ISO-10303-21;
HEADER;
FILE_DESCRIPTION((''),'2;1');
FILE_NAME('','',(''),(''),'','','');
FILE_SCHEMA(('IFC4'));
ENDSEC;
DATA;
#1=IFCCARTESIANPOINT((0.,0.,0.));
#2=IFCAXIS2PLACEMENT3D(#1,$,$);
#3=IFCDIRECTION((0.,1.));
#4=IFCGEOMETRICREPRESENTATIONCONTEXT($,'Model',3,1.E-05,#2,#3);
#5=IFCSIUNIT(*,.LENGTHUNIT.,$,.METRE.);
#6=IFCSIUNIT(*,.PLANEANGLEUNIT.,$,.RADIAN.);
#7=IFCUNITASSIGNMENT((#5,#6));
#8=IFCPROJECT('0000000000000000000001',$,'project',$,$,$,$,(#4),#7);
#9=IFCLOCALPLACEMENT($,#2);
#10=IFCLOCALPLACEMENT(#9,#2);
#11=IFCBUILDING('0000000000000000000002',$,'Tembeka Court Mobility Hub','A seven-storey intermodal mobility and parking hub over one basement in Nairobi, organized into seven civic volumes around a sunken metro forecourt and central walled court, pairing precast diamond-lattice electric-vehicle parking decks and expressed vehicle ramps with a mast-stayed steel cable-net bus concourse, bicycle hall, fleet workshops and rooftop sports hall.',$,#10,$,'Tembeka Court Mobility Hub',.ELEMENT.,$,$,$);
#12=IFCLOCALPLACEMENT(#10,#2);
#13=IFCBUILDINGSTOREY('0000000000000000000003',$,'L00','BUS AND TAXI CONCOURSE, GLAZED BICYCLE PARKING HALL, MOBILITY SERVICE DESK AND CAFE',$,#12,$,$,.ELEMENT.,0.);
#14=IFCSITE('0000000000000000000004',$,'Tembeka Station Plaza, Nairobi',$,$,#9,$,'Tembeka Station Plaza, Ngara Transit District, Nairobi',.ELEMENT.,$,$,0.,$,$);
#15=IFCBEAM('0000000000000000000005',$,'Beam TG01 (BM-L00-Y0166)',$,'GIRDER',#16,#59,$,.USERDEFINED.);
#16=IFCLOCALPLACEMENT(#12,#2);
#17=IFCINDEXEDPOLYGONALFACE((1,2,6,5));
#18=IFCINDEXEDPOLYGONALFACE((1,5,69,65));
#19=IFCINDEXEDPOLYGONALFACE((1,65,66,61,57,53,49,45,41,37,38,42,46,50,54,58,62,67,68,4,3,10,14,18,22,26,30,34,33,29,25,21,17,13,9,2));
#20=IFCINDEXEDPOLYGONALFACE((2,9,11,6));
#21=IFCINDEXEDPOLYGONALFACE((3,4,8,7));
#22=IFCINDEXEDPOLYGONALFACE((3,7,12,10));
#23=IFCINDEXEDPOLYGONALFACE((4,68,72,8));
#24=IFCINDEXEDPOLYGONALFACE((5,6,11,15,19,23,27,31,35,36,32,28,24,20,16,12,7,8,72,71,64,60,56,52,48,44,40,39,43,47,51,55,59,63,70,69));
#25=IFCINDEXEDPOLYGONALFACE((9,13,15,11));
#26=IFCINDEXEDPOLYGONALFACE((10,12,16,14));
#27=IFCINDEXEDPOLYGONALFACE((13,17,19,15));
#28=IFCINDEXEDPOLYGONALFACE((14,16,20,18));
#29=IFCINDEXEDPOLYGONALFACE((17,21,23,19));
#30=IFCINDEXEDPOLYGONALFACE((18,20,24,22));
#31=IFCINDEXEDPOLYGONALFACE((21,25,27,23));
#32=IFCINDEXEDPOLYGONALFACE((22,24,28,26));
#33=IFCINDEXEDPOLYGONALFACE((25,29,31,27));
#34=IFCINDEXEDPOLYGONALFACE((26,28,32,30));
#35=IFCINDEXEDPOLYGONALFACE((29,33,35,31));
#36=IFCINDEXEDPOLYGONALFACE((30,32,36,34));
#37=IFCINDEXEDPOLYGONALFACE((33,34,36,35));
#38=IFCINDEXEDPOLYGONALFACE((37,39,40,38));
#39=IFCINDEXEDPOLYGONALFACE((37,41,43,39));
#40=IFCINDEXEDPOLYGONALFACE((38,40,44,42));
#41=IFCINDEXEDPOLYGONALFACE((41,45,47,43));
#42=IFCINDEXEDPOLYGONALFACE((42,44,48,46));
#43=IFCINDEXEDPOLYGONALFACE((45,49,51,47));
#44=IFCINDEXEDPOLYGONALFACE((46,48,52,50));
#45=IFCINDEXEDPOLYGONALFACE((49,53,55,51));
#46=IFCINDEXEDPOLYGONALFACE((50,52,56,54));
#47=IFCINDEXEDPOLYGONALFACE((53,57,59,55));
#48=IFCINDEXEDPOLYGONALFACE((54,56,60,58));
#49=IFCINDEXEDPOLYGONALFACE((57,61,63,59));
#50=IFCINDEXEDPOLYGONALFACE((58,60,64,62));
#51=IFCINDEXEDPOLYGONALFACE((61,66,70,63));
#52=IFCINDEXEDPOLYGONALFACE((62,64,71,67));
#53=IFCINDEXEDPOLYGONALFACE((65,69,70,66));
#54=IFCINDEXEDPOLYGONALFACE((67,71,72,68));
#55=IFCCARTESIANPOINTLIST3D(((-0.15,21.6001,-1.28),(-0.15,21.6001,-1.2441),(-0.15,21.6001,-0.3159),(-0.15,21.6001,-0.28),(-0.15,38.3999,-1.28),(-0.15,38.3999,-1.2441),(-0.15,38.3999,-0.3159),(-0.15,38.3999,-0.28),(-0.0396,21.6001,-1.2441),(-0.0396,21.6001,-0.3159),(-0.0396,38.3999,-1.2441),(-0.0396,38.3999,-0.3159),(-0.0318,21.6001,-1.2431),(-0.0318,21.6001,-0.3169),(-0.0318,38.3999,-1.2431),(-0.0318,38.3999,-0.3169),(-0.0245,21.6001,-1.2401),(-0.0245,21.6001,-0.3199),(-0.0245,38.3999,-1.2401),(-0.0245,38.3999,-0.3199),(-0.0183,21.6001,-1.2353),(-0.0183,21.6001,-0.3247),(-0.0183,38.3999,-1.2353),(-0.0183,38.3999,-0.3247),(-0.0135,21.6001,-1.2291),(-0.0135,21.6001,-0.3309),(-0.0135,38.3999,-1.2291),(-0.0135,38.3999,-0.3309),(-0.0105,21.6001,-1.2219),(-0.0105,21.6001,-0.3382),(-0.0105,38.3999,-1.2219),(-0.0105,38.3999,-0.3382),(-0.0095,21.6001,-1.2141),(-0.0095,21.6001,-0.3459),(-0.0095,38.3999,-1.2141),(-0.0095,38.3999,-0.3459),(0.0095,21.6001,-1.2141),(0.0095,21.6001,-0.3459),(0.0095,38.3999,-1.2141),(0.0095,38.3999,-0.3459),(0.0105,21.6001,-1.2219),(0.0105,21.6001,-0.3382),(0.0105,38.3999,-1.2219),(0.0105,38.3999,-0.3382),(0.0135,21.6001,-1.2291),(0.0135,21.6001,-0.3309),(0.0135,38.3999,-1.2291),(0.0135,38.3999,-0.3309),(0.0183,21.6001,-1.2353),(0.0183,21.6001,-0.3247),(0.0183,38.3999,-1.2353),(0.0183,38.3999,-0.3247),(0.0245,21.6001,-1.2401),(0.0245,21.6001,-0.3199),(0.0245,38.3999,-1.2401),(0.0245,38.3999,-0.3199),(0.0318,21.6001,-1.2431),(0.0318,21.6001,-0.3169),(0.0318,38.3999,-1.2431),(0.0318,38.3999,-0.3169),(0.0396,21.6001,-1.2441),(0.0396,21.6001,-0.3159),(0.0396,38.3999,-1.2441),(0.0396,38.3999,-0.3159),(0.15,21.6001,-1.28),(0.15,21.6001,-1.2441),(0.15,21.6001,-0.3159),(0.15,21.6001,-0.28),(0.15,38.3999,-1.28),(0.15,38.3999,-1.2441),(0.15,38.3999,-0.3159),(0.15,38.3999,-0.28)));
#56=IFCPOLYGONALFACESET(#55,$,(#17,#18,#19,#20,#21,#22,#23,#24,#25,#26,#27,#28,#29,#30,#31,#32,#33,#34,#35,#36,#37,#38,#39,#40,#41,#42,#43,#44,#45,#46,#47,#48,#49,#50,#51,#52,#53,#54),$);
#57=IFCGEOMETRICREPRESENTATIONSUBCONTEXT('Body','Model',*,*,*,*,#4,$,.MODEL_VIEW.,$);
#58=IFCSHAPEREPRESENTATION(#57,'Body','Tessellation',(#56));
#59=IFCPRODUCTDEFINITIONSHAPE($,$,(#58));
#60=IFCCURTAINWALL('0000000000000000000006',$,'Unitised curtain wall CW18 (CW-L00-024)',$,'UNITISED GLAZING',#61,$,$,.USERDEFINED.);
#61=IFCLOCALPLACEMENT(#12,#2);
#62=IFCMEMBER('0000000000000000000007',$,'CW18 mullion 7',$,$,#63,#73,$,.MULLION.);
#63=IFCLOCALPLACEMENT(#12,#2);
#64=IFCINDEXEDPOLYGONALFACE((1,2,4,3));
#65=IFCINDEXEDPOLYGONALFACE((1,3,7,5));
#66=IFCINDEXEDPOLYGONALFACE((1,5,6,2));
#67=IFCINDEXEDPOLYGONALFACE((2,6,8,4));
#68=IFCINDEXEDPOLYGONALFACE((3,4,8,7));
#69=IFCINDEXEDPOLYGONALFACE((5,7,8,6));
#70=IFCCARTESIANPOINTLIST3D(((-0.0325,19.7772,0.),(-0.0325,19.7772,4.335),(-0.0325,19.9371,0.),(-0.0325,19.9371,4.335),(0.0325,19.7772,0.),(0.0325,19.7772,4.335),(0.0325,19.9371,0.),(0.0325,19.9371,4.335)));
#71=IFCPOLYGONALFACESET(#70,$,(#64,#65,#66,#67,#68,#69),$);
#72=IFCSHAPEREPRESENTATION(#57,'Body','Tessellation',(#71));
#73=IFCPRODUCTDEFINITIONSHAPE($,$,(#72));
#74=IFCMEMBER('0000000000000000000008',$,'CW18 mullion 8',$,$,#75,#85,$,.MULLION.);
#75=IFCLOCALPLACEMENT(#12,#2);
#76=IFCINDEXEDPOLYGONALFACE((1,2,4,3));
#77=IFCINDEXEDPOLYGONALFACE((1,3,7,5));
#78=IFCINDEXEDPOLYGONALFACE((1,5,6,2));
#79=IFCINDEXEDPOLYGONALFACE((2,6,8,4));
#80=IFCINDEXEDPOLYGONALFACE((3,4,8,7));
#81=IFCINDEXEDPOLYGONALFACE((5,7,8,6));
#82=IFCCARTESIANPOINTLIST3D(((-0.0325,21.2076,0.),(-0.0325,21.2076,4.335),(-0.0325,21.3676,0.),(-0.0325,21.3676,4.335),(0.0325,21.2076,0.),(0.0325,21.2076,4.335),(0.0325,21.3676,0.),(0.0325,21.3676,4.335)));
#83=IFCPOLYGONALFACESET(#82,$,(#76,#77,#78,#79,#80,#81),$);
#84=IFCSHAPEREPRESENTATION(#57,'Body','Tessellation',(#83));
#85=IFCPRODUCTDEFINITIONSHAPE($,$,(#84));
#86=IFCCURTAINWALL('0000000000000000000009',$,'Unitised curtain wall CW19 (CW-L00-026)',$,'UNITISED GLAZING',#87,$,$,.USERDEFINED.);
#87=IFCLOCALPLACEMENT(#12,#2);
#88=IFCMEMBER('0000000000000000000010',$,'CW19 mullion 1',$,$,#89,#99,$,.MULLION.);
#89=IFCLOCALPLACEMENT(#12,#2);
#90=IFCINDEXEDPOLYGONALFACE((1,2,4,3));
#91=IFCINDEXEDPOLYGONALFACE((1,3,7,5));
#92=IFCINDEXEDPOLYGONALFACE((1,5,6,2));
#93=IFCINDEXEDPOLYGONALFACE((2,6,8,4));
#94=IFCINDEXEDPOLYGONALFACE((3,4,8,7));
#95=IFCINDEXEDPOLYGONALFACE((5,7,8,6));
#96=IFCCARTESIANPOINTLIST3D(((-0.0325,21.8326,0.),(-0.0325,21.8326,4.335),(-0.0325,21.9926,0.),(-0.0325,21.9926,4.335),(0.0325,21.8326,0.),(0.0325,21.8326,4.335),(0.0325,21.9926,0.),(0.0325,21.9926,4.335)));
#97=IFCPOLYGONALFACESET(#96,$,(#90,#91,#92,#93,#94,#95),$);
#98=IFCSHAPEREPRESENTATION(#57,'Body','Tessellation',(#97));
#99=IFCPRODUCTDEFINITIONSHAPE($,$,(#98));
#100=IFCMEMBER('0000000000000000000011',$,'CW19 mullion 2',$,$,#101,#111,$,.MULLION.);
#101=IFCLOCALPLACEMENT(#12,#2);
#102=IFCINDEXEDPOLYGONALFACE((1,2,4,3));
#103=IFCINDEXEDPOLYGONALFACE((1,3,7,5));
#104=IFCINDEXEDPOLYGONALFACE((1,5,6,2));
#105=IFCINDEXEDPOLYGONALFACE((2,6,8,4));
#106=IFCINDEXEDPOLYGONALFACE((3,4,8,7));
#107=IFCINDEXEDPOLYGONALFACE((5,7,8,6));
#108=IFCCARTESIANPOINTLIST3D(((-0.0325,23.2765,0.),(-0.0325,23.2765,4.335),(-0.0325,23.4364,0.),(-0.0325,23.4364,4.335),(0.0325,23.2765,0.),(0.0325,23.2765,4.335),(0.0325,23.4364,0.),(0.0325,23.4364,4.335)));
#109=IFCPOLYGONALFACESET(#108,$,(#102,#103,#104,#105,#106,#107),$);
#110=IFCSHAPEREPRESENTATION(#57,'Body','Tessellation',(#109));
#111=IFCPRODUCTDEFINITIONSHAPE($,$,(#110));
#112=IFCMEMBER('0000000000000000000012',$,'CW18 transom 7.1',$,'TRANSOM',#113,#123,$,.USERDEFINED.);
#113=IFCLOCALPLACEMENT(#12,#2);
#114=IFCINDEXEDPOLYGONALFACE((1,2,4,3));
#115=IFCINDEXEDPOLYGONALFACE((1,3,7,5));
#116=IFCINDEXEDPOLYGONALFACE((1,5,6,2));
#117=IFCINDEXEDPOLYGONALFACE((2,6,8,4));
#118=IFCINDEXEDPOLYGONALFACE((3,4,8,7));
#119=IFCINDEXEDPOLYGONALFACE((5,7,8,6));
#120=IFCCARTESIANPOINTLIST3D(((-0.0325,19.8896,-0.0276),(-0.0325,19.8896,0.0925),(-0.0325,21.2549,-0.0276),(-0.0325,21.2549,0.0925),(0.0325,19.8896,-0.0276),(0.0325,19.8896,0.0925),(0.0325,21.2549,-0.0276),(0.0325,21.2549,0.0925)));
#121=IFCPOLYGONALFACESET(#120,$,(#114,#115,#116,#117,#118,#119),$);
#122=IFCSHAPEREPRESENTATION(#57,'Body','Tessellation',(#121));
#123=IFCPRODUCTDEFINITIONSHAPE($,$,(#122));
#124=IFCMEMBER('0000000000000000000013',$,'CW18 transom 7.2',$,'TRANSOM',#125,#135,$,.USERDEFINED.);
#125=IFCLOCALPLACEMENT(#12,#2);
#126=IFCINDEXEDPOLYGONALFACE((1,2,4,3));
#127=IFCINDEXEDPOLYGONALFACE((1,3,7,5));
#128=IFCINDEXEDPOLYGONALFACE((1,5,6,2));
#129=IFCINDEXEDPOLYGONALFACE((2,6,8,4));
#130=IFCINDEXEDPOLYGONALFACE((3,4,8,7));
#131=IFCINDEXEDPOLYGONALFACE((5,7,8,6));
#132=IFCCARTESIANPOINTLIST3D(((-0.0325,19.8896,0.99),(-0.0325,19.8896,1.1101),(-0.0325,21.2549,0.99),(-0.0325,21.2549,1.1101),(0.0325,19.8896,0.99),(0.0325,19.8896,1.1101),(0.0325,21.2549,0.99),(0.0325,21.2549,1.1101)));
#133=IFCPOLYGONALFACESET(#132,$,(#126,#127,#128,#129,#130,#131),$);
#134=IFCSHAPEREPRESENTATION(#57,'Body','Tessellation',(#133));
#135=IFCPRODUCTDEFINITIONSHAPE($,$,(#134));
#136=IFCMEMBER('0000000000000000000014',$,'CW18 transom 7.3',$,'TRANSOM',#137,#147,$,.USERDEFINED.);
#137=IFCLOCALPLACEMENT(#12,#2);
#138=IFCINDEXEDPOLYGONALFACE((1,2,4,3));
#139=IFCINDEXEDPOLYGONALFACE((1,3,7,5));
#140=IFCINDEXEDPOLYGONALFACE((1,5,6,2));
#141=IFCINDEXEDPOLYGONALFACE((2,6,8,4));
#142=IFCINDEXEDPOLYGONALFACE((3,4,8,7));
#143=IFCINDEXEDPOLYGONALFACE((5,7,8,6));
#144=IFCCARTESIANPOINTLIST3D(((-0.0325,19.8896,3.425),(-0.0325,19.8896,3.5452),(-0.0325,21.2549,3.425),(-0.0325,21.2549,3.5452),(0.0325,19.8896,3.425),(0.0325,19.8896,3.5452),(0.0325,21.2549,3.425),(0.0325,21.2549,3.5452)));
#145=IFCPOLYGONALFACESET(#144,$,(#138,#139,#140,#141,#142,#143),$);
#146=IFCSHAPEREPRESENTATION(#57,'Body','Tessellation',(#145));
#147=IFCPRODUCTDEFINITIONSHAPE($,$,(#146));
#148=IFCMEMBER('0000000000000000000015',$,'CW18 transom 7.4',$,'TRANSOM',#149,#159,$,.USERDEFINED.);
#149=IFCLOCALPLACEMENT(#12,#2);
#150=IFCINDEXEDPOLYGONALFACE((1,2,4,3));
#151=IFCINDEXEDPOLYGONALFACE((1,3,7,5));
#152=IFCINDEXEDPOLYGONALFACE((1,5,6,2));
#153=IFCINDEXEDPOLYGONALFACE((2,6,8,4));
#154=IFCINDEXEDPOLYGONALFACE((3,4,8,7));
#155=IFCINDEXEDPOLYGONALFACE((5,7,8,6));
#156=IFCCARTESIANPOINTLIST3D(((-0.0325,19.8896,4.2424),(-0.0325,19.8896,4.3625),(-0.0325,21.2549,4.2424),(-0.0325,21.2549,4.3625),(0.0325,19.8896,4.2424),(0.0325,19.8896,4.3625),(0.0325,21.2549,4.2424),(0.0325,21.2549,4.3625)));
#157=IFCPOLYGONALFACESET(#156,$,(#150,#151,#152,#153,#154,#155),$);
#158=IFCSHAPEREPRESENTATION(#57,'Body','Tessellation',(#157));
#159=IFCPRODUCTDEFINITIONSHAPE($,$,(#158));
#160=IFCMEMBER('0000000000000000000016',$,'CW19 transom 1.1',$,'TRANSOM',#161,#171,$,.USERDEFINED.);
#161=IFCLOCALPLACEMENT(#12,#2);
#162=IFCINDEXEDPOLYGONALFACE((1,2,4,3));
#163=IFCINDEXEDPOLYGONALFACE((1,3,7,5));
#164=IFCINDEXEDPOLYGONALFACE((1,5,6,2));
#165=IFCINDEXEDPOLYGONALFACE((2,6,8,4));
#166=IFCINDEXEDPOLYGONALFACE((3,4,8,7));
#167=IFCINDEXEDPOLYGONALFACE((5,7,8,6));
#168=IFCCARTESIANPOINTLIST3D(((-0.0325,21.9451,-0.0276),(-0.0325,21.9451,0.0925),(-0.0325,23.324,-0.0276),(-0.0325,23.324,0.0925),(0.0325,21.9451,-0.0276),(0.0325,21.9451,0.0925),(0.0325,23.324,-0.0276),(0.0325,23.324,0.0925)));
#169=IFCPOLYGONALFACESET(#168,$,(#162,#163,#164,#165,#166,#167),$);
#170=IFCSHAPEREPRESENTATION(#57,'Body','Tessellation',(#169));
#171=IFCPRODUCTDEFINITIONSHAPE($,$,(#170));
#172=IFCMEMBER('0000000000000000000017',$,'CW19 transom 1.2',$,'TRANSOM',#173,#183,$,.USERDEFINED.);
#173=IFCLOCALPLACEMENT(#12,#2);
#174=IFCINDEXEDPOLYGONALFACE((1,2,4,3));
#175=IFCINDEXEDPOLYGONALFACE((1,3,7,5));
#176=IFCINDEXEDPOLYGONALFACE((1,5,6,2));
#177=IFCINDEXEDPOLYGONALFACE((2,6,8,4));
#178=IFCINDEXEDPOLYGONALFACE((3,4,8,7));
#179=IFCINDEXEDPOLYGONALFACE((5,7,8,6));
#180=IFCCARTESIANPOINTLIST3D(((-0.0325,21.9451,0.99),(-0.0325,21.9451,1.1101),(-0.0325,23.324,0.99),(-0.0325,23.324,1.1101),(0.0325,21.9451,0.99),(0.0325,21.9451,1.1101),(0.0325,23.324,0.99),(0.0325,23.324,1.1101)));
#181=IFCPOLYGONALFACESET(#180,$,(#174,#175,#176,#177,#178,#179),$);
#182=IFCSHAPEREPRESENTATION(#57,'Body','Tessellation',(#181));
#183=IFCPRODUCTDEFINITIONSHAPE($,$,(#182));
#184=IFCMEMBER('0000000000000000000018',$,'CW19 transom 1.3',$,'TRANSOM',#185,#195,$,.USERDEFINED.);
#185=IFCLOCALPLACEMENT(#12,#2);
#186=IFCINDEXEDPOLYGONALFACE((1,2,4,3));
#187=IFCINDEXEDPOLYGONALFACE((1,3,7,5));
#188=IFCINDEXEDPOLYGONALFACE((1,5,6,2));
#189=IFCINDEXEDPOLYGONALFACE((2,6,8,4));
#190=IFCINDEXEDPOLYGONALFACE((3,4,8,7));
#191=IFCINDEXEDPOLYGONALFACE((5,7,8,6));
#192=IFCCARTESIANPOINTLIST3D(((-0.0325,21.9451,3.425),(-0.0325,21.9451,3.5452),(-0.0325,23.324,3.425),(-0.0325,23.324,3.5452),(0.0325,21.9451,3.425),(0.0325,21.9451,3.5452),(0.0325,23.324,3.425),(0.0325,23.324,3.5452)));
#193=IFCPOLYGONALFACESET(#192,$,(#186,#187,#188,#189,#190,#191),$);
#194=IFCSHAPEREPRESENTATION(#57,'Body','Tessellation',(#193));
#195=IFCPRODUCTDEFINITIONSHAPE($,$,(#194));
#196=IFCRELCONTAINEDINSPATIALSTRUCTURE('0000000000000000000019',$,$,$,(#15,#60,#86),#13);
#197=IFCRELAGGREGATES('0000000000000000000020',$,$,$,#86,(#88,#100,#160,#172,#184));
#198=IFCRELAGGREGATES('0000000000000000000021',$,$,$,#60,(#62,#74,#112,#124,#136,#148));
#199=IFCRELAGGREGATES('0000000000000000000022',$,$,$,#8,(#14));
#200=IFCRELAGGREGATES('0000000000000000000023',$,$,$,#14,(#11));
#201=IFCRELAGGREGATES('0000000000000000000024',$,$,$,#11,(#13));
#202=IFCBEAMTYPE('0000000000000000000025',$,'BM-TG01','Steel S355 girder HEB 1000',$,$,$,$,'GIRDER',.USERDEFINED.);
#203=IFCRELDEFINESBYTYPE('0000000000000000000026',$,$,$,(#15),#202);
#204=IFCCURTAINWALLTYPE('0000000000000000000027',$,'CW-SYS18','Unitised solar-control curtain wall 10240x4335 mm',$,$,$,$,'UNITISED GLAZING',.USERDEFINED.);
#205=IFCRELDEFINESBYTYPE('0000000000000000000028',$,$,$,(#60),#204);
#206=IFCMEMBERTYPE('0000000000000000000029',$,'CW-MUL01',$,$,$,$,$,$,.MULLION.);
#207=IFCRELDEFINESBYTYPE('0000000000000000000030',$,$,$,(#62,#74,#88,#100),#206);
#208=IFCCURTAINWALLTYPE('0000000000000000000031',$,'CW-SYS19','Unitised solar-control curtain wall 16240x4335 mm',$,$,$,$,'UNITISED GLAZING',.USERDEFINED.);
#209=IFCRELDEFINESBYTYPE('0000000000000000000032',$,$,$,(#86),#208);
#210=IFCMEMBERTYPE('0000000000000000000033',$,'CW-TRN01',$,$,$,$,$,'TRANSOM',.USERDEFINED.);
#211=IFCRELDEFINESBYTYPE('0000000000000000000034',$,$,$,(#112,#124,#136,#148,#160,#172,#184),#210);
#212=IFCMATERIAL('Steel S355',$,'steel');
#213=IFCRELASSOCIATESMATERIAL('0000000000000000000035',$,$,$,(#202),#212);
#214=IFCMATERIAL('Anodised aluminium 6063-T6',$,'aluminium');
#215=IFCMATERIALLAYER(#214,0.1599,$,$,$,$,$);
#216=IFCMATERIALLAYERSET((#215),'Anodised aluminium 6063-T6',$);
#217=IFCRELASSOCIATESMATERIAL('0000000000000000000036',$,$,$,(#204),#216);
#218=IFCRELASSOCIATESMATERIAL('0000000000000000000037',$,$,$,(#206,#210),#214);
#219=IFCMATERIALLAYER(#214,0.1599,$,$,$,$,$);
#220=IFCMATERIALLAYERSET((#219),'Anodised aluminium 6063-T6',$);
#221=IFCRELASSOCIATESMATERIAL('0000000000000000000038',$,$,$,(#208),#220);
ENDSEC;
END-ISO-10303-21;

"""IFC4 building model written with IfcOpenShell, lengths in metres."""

from ifc_helpers import new_model, si_unit, direction, frame, origin, origin_2d, place, context, subcontext, project, spatial, rectangle, i_section, extrude, material, layer, layer_set, material_profile, profile_set, type_object, element, aggregate, save


model = new_model("IFC4")

# Units and contexts
model_context = context("Model", 3, precision=1e-05, world=origin(), true_north=direction((0.0, 1.0)))
body_context = subcontext(model_context, "Body", "Model", "MODEL_VIEW")
ifc_project = project(units=[si_unit("LENGTHUNIT", "METRE"), si_unit("PLANEANGLEUNIT", "RADIAN")], contexts=[model_context])

# Site, building, storey
site_placement = place(None, origin())
site = spatial("IfcSite", under=ifc_project, at=site_placement, Name="Tembeka Station Plaza, Nairobi", LongName="Tembeka Station Plaza, Ngara Transit District, Nairobi", CompositionType="ELEMENT", RefElevation=0.0)
building_placement = place(site_placement, origin())
building = spatial("IfcBuilding", under=site, at=building_placement, Name="Tembeka Court Mobility Hub", Description="A seven-storey intermodal mobility and parking hub over one basement in Nairobi, organized into seven civic volumes around a sunken metro forecourt and central walled court, pairing precast diamond-lattice electric-vehicle parking decks and expressed vehicle ramps with a mast-stayed steel cable-net bus concourse, bicycle hall, fleet workshops and rooftop sports hall.", LongName="Tembeka Court Mobility Hub", CompositionType="ELEMENT")
storey_placement = place(building_placement, origin())
storey = spatial("IfcBuildingStorey", under=building, at=storey_placement, Name="L00", Description="BUS AND TAXI CONCOURSE, GLAZED BICYCLE PARKING HALL, MOBILITY SERVICE DESK AND CAFE", CompositionType="ELEMENT", Elevation=0.0)

# Shared definitions
ifc_material_1 = material(Name="Steel S355", Category="steel")

# Beam
ifc_material_profile_1 = material_profile(ifc_material_1, i_section(OverallWidth=0.3, OverallDepth=1.0, WebThickness=0.019, FlangeThickness=0.0359, FilletRadius=0.03, at=origin_2d()), Name="HEB 1000")
ifc_profile_set_1 = profile_set([ifc_material_profile_1], Name="Steel S355")
beam_type_1 = type_object("IfcBeamType", Name="BM-TG01", Description="Steel S355 girder HEB 1000", ElementType="GIRDER", PredefinedType="USERDEFINED", material=ifc_profile_set_1)
beam_1_placement = place(storey_placement, frame((0.0, 21.6001, -0.78), z_axis=(0.0, 1.0, 0.0), x_axis=(-1.0, 0.0, 0.0)))
element("IfcBeam", 1, at=beam_1_placement, inside=storey, type_object=beam_type_1, Name="Beam TG01 (BM-L00-Y0166)", ObjectType="GIRDER", PredefinedType="USERDEFINED", context=body_context, shape_type="SweptSolid", body=[
    extrude(i_section(OverallWidth=0.3, OverallDepth=1.0, WebThickness=0.019, FlangeThickness=0.0359, FilletRadius=0.03, at=origin_2d()), origin(), (0.0, 0.0, 1.0), 16.7998),
])

# Curtain walls, members
ifc_material_2 = material(Name="Anodised aluminium 6063-T6", Category="aluminium")
ifc_layer_1 = layer(ifc_material_2, 0.1599)
ifc_layer_set_1 = layer_set([ifc_layer_1], Name="Anodised aluminium 6063-T6")
curtain_wall_type_1 = type_object("IfcCurtainWallType", Name="CW-SYS18", Description="Unitised solar-control curtain wall 10240x4335 mm", ElementType="UNITISED GLAZING", PredefinedType="USERDEFINED", material=ifc_layer_set_1)
curtain_wall_1_placement = place(storey_placement, origin())
curtain_wall_1 = element("IfcCurtainWall", 2, at=curtain_wall_1_placement, inside=storey, type_object=curtain_wall_type_1, Name="Unitised curtain wall CW18 (CW-L00-024)", ObjectType="UNITISED GLAZING", PredefinedType="USERDEFINED")
ifc_material_profile_2 = material_profile(ifc_material_2, rectangle(XDim=0.0649, YDim=0.1599, at=origin_2d()), Name="ALU-MUL 65x160")
ifc_profile_set_2 = profile_set([ifc_material_profile_2], Name="Anodised aluminium 6063-T6")
member_type_1 = type_object("IfcMemberType", Name="CW-MUL01", PredefinedType="MULLION", material=ifc_profile_set_2)
member_1_placement = place(storey_placement, frame((0.0, 19.8572, 0.0), z_axis=(0.0, 0.0, 1.0), x_axis=(-1.0, 0.0, 0.0)))
member_1 = element("IfcMember", 3, at=member_1_placement, type_object=member_type_1, Name="CW18 mullion 7", PredefinedType="MULLION", context=body_context, shape_type="SweptSolid", body=[
    extrude(rectangle(XDim=0.0649, YDim=0.1599, at=origin_2d()), origin(), (0.0, 0.0, 1.0), 4.335),
])
member_2_placement = place(storey_placement, frame((0.0, 21.2876, 0.0), z_axis=(0.0, 0.0, 1.0), x_axis=(-1.0, 0.0, 0.0)))
member_2 = element("IfcMember", 4, at=member_2_placement, type_object=member_type_1, Name="CW18 mullion 8", PredefinedType="MULLION", context=body_context, shape_type="SweptSolid", body=[
    extrude(rectangle(XDim=0.0649, YDim=0.1599, at=origin_2d()), origin(), (0.0, 0.0, 1.0), 4.335),
])
ifc_layer_2 = layer(ifc_material_2, 0.1599)
ifc_layer_set_2 = layer_set([ifc_layer_2], Name="Anodised aluminium 6063-T6")
curtain_wall_type_2 = type_object("IfcCurtainWallType", Name="CW-SYS19", Description="Unitised solar-control curtain wall 16240x4335 mm", ElementType="UNITISED GLAZING", PredefinedType="USERDEFINED", material=ifc_layer_set_2)
curtain_wall_2_placement = place(storey_placement, origin())
curtain_wall_2 = element("IfcCurtainWall", 5, at=curtain_wall_2_placement, inside=storey, type_object=curtain_wall_type_2, Name="Unitised curtain wall CW19 (CW-L00-026)", ObjectType="UNITISED GLAZING", PredefinedType="USERDEFINED")
member_3_placement = place(storey_placement, frame((0.0, 21.9126, 0.0), z_axis=(0.0, 0.0, 1.0), x_axis=(-1.0, 0.0, 0.0)))
member_3 = element("IfcMember", 6, at=member_3_placement, type_object=member_type_1, Name="CW19 mullion 1", PredefinedType="MULLION", context=body_context, shape_type="SweptSolid", body=[
    extrude(rectangle(XDim=0.0649, YDim=0.1599, at=origin_2d()), origin(), (0.0, 0.0, 1.0), 4.335),
])
member_4_placement = place(storey_placement, frame((0.0, 23.3564, 0.0), z_axis=(0.0, 0.0, 1.0), x_axis=(-1.0, 0.0, 0.0)))
member_4 = element("IfcMember", 7, at=member_4_placement, type_object=member_type_1, Name="CW19 mullion 2", PredefinedType="MULLION", context=body_context, shape_type="SweptSolid", body=[
    extrude(rectangle(XDim=0.0649, YDim=0.1599, at=origin_2d()), origin(), (0.0, 0.0, 1.0), 4.335),
])

# Members
ifc_material_profile_3 = material_profile(ifc_material_2, rectangle(XDim=0.0649, YDim=0.1201, at=origin_2d()), Name="ALU-TRN 65x120")
ifc_profile_set_3 = profile_set([ifc_material_profile_3], Name="Anodised aluminium 6063-T6")
member_type_2 = type_object("IfcMemberType", Name="CW-TRN01", ElementType="TRANSOM", PredefinedType="USERDEFINED", material=ifc_profile_set_3)
member_5_placement = place(storey_placement, frame((0.0, 19.8896, 0.0325), z_axis=(0.0, 1.0, 0.0), x_axis=(-1.0, 0.0, 0.0)))
member_5 = element("IfcMember", 8, at=member_5_placement, type_object=member_type_2, Name="CW18 transom 7.1", ObjectType="TRANSOM", PredefinedType="USERDEFINED", context=body_context, shape_type="SweptSolid", body=[
    extrude(rectangle(XDim=0.0649, YDim=0.1201, at=origin_2d()), origin(), (0.0, 0.0, 1.0), 1.3652),
])
member_6_placement = place(storey_placement, frame((0.0, 19.8896, 1.05), z_axis=(0.0, 1.0, 0.0), x_axis=(-1.0, 0.0, 0.0)))
member_6 = element("IfcMember", 9, at=member_6_placement, type_object=member_type_2, Name="CW18 transom 7.2", ObjectType="TRANSOM", PredefinedType="USERDEFINED", context=body_context, shape_type="SweptSolid", body=[
    extrude(rectangle(XDim=0.0649, YDim=0.1201, at=origin_2d()), origin(), (0.0, 0.0, 1.0), 1.3652),
])
member_7_placement = place(storey_placement, frame((0.0, 19.8896, 3.4851), z_axis=(0.0, 1.0, 0.0), x_axis=(-1.0, 0.0, 0.0)))
member_7 = element("IfcMember", 10, at=member_7_placement, type_object=member_type_2, Name="CW18 transom 7.3", ObjectType="TRANSOM", PredefinedType="USERDEFINED", context=body_context, shape_type="SweptSolid", body=[
    extrude(rectangle(XDim=0.0649, YDim=0.1201, at=origin_2d()), origin(), (0.0, 0.0, 1.0), 1.3652),
])
member_8_placement = place(storey_placement, frame((0.0, 19.8896, 4.3025), z_axis=(0.0, 1.0, 0.0), x_axis=(-1.0, 0.0, 0.0)))
member_8 = element("IfcMember", 11, at=member_8_placement, type_object=member_type_2, Name="CW18 transom 7.4", ObjectType="TRANSOM", PredefinedType="USERDEFINED", context=body_context, shape_type="SweptSolid", body=[
    extrude(rectangle(XDim=0.0649, YDim=0.1201, at=origin_2d()), origin(), (0.0, 0.0, 1.0), 1.3652),
])
member_9_placement = place(storey_placement, frame((0.0, 21.9451, 0.0325), z_axis=(0.0, 1.0, 0.0), x_axis=(-1.0, 0.0, 0.0)))
member_9 = element("IfcMember", 12, at=member_9_placement, type_object=member_type_2, Name="CW19 transom 1.1", ObjectType="TRANSOM", PredefinedType="USERDEFINED", context=body_context, shape_type="SweptSolid", body=[
    extrude(rectangle(XDim=0.0649, YDim=0.1201, at=origin_2d()), origin(), (0.0, 0.0, 1.0), 1.3789),
])
member_10_placement = place(storey_placement, frame((0.0, 21.9451, 1.05), z_axis=(0.0, 1.0, 0.0), x_axis=(-1.0, 0.0, 0.0)))
member_10 = element("IfcMember", 13, at=member_10_placement, type_object=member_type_2, Name="CW19 transom 1.2", ObjectType="TRANSOM", PredefinedType="USERDEFINED", context=body_context, shape_type="SweptSolid", body=[
    extrude(rectangle(XDim=0.0649, YDim=0.1201, at=origin_2d()), origin(), (0.0, 0.0, 1.0), 1.3789),
])
member_11_placement = place(storey_placement, frame((0.0, 21.9451, 3.4851), z_axis=(0.0, 1.0, 0.0), x_axis=(-1.0, 0.0, 0.0)))
member_11 = element("IfcMember", 14, at=member_11_placement, type_object=member_type_2, Name="CW19 transom 1.3", ObjectType="TRANSOM", PredefinedType="USERDEFINED", context=body_context, shape_type="SweptSolid", body=[
    extrude(rectangle(XDim=0.0649, YDim=0.1201, at=origin_2d()), origin(), (0.0, 0.0, 1.0), 1.3789),
])

aggregate(curtain_wall_2, [member_3, member_4, member_9, member_10, member_11])
aggregate(curtain_wall_1, [member_1, member_2, member_5, member_6, member_7, member_8])

save(model, "model.ifc")
